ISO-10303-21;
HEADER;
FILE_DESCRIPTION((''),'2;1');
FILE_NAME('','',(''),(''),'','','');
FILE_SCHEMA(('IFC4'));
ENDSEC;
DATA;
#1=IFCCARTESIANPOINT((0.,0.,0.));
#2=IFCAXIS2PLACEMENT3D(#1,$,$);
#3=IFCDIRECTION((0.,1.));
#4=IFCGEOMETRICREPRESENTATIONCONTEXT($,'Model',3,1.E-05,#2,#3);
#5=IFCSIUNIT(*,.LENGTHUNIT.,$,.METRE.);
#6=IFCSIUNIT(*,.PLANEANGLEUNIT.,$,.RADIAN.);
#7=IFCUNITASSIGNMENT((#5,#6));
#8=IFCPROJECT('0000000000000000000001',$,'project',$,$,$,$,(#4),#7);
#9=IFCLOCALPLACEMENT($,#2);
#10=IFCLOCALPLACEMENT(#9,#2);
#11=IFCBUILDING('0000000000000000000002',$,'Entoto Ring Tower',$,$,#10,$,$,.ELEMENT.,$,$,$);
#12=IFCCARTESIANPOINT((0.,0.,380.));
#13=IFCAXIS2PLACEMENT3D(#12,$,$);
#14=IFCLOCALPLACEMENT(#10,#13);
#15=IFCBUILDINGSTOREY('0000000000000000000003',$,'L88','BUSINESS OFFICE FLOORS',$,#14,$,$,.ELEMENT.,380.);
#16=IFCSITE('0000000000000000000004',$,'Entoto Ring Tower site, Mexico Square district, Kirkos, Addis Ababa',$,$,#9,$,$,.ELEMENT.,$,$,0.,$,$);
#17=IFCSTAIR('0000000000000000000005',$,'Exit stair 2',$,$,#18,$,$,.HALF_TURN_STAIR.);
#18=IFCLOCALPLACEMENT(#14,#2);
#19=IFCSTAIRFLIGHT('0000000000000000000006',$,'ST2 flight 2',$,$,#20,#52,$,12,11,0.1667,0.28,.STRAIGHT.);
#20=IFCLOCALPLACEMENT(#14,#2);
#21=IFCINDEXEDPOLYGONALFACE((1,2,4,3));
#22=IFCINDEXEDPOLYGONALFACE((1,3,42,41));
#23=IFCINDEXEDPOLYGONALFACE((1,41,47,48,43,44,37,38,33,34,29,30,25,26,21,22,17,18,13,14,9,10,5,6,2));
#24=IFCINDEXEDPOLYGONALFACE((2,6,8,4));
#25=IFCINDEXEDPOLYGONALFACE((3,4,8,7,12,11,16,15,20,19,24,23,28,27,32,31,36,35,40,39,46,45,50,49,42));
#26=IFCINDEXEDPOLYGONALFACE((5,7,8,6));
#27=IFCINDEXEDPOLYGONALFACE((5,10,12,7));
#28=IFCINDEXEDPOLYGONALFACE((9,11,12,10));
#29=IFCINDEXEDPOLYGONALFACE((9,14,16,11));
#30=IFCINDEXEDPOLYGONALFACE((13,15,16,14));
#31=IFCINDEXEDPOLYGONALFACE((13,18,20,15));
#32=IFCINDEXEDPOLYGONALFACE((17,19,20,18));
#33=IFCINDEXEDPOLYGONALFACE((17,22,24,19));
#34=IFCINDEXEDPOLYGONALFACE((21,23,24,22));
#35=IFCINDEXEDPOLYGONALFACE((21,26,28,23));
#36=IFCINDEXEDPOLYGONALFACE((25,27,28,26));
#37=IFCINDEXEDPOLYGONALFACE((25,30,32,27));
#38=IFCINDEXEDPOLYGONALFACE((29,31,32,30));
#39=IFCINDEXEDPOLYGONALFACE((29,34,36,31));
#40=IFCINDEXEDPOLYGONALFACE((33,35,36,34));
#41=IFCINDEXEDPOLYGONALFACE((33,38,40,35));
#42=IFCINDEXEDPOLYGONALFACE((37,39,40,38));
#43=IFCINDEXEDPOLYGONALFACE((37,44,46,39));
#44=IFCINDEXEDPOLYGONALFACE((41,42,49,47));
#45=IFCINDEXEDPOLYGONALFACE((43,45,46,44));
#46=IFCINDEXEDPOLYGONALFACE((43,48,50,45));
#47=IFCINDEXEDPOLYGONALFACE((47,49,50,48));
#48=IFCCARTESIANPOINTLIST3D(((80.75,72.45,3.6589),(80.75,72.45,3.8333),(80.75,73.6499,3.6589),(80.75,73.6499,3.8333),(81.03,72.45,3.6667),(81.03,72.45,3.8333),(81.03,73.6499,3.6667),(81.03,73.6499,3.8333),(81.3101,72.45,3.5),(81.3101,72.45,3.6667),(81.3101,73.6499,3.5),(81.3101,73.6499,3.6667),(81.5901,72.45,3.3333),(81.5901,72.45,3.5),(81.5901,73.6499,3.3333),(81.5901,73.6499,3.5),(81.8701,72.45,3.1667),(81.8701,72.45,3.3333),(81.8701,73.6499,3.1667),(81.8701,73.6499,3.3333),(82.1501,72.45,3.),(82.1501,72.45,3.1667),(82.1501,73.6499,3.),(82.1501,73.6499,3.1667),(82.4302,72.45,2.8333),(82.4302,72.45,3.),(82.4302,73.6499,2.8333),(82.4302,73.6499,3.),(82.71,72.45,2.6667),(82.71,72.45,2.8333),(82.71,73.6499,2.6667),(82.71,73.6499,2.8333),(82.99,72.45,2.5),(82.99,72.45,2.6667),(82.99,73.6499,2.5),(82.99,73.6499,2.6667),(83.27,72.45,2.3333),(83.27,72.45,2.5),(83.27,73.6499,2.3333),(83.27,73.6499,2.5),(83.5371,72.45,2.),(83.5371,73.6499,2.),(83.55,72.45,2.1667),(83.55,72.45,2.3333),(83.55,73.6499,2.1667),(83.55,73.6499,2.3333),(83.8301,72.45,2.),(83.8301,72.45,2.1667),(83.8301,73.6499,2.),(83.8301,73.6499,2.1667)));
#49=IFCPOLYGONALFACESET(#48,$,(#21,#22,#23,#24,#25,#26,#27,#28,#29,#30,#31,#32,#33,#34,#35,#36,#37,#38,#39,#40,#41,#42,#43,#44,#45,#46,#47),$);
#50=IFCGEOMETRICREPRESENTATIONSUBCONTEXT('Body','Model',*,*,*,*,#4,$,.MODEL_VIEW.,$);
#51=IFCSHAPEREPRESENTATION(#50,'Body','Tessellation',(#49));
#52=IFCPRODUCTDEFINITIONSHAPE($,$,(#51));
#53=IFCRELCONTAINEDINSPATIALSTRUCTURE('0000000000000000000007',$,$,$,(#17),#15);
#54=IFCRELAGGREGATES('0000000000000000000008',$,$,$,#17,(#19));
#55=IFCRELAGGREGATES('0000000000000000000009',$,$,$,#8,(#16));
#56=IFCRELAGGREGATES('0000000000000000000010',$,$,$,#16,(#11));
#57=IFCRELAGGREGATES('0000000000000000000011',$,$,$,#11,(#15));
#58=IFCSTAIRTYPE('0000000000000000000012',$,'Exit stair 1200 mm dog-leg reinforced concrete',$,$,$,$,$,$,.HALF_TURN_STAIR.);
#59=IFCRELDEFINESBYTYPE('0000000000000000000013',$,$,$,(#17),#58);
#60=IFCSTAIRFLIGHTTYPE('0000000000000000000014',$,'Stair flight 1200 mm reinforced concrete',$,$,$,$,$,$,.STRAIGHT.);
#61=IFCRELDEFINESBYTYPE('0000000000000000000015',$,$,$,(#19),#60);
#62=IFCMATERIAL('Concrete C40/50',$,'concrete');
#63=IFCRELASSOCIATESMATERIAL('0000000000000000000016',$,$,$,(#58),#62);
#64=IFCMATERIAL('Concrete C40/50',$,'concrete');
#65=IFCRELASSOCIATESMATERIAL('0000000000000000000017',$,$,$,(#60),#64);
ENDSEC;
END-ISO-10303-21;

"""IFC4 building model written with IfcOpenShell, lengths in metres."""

from ifc_helpers import new_model, si_unit, direction, frame, origin, place, context, subcontext, project, spatial, polyline, outline, extrude, material, type_object, element, aggregate, save


model = new_model("IFC4")

# Units and contexts
model_context = context("Model", 3, precision=1e-05, world=origin(), true_north=direction((0.0, 1.0)))
body_context = subcontext(model_context, "Body", "Model", "MODEL_VIEW")
ifc_project = project(units=[si_unit("LENGTHUNIT", "METRE"), si_unit("PLANEANGLEUNIT", "RADIAN")], contexts=[model_context])

# Site, building, storey
site_placement = place(None, origin())
site = spatial("IfcSite", under=ifc_project, at=site_placement, Name="Entoto Ring Tower site, Mexico Square district, Kirkos, Addis Ababa", CompositionType="ELEMENT", RefElevation=0.0)
building_placement = place(site_placement, origin())
building = spatial("IfcBuilding", under=site, at=building_placement, Name="Entoto Ring Tower", CompositionType="ELEMENT")
storey_placement = place(building_placement, frame((0.0, 0.0, 380.0)))
storey = spatial("IfcBuildingStorey", under=building, at=storey_placement, Name="L88", Description="BUSINESS OFFICE FLOORS", CompositionType="ELEMENT", Elevation=380.0)

# Stair, stair flight
ifc_material_1 = material(Name="Concrete C40/50", Category="concrete")
stair_type = type_object("IfcStairType", Name="Exit stair 1200 mm dog-leg reinforced concrete", PredefinedType="HALF_TURN_STAIR", material=ifc_material_1)
stair_placement = place(storey_placement, origin())
stair = element("IfcStair", 1, at=stair_placement, inside=storey, type_object=stair_type, Name="Exit stair 2", PredefinedType="HALF_TURN_STAIR")
ifc_material_2 = material(Name="Concrete C40/50", Category="concrete")
stair_flight_type = type_object("IfcStairFlightType", Name="Stair flight 1200 mm reinforced concrete", PredefinedType="STRAIGHT", material=ifc_material_2)
stair_flight_1_placement = place(storey_placement, frame((83.8301, 73.05, 2.0), z_axis=(0.0, 0.0, 1.0), x_axis=(-1.0, 0.0, 0.0)))
stair_flight_1 = element("IfcStairFlight", 2, at=stair_flight_1_placement, type_object=stair_flight_type, Name="ST2 flight 2", NumberOfRisers=12, NumberOfTreads=11, PredefinedType="STRAIGHT", RiserHeight=0.1667, TreadLength=0.28, context=body_context, shape_type="SweptSolid", body=[
    extrude(outline(polyline([(0.0, 0.0), (0.0, 0.1667), (0.28, 0.1667), (0.28, 0.3333), (0.5601, 0.3333), (0.5601, 0.5), (0.8401, 0.5), (0.8401, 0.6667), (1.1201, 0.6667), (1.1201, 0.8333), (1.3999, 0.8333), (1.3999, 1.0), (1.6799, 1.0), (1.6799, 1.1667), (1.96, 1.1667), (1.96, 1.3333), (2.24, 1.3333), (2.24, 1.5), (2.52, 1.5), (2.52, 1.6667), (2.8, 1.6667), (2.8, 1.8333), (3.0801, 1.8333), (3.0801, 2.0), (3.0801, 1.6589), (0.293, 0.0), (0.0, 0.0)])), frame((0.0, 0.6001, 0.0), z_axis=(0.0, -1.0, 0.0), x_axis=(1.0, 0.0, 0.0)), (0.0, 0.0, 1.0), 1.2),
])
aggregate(stair, [stair_flight_1])

save(model, "model.ifc")
